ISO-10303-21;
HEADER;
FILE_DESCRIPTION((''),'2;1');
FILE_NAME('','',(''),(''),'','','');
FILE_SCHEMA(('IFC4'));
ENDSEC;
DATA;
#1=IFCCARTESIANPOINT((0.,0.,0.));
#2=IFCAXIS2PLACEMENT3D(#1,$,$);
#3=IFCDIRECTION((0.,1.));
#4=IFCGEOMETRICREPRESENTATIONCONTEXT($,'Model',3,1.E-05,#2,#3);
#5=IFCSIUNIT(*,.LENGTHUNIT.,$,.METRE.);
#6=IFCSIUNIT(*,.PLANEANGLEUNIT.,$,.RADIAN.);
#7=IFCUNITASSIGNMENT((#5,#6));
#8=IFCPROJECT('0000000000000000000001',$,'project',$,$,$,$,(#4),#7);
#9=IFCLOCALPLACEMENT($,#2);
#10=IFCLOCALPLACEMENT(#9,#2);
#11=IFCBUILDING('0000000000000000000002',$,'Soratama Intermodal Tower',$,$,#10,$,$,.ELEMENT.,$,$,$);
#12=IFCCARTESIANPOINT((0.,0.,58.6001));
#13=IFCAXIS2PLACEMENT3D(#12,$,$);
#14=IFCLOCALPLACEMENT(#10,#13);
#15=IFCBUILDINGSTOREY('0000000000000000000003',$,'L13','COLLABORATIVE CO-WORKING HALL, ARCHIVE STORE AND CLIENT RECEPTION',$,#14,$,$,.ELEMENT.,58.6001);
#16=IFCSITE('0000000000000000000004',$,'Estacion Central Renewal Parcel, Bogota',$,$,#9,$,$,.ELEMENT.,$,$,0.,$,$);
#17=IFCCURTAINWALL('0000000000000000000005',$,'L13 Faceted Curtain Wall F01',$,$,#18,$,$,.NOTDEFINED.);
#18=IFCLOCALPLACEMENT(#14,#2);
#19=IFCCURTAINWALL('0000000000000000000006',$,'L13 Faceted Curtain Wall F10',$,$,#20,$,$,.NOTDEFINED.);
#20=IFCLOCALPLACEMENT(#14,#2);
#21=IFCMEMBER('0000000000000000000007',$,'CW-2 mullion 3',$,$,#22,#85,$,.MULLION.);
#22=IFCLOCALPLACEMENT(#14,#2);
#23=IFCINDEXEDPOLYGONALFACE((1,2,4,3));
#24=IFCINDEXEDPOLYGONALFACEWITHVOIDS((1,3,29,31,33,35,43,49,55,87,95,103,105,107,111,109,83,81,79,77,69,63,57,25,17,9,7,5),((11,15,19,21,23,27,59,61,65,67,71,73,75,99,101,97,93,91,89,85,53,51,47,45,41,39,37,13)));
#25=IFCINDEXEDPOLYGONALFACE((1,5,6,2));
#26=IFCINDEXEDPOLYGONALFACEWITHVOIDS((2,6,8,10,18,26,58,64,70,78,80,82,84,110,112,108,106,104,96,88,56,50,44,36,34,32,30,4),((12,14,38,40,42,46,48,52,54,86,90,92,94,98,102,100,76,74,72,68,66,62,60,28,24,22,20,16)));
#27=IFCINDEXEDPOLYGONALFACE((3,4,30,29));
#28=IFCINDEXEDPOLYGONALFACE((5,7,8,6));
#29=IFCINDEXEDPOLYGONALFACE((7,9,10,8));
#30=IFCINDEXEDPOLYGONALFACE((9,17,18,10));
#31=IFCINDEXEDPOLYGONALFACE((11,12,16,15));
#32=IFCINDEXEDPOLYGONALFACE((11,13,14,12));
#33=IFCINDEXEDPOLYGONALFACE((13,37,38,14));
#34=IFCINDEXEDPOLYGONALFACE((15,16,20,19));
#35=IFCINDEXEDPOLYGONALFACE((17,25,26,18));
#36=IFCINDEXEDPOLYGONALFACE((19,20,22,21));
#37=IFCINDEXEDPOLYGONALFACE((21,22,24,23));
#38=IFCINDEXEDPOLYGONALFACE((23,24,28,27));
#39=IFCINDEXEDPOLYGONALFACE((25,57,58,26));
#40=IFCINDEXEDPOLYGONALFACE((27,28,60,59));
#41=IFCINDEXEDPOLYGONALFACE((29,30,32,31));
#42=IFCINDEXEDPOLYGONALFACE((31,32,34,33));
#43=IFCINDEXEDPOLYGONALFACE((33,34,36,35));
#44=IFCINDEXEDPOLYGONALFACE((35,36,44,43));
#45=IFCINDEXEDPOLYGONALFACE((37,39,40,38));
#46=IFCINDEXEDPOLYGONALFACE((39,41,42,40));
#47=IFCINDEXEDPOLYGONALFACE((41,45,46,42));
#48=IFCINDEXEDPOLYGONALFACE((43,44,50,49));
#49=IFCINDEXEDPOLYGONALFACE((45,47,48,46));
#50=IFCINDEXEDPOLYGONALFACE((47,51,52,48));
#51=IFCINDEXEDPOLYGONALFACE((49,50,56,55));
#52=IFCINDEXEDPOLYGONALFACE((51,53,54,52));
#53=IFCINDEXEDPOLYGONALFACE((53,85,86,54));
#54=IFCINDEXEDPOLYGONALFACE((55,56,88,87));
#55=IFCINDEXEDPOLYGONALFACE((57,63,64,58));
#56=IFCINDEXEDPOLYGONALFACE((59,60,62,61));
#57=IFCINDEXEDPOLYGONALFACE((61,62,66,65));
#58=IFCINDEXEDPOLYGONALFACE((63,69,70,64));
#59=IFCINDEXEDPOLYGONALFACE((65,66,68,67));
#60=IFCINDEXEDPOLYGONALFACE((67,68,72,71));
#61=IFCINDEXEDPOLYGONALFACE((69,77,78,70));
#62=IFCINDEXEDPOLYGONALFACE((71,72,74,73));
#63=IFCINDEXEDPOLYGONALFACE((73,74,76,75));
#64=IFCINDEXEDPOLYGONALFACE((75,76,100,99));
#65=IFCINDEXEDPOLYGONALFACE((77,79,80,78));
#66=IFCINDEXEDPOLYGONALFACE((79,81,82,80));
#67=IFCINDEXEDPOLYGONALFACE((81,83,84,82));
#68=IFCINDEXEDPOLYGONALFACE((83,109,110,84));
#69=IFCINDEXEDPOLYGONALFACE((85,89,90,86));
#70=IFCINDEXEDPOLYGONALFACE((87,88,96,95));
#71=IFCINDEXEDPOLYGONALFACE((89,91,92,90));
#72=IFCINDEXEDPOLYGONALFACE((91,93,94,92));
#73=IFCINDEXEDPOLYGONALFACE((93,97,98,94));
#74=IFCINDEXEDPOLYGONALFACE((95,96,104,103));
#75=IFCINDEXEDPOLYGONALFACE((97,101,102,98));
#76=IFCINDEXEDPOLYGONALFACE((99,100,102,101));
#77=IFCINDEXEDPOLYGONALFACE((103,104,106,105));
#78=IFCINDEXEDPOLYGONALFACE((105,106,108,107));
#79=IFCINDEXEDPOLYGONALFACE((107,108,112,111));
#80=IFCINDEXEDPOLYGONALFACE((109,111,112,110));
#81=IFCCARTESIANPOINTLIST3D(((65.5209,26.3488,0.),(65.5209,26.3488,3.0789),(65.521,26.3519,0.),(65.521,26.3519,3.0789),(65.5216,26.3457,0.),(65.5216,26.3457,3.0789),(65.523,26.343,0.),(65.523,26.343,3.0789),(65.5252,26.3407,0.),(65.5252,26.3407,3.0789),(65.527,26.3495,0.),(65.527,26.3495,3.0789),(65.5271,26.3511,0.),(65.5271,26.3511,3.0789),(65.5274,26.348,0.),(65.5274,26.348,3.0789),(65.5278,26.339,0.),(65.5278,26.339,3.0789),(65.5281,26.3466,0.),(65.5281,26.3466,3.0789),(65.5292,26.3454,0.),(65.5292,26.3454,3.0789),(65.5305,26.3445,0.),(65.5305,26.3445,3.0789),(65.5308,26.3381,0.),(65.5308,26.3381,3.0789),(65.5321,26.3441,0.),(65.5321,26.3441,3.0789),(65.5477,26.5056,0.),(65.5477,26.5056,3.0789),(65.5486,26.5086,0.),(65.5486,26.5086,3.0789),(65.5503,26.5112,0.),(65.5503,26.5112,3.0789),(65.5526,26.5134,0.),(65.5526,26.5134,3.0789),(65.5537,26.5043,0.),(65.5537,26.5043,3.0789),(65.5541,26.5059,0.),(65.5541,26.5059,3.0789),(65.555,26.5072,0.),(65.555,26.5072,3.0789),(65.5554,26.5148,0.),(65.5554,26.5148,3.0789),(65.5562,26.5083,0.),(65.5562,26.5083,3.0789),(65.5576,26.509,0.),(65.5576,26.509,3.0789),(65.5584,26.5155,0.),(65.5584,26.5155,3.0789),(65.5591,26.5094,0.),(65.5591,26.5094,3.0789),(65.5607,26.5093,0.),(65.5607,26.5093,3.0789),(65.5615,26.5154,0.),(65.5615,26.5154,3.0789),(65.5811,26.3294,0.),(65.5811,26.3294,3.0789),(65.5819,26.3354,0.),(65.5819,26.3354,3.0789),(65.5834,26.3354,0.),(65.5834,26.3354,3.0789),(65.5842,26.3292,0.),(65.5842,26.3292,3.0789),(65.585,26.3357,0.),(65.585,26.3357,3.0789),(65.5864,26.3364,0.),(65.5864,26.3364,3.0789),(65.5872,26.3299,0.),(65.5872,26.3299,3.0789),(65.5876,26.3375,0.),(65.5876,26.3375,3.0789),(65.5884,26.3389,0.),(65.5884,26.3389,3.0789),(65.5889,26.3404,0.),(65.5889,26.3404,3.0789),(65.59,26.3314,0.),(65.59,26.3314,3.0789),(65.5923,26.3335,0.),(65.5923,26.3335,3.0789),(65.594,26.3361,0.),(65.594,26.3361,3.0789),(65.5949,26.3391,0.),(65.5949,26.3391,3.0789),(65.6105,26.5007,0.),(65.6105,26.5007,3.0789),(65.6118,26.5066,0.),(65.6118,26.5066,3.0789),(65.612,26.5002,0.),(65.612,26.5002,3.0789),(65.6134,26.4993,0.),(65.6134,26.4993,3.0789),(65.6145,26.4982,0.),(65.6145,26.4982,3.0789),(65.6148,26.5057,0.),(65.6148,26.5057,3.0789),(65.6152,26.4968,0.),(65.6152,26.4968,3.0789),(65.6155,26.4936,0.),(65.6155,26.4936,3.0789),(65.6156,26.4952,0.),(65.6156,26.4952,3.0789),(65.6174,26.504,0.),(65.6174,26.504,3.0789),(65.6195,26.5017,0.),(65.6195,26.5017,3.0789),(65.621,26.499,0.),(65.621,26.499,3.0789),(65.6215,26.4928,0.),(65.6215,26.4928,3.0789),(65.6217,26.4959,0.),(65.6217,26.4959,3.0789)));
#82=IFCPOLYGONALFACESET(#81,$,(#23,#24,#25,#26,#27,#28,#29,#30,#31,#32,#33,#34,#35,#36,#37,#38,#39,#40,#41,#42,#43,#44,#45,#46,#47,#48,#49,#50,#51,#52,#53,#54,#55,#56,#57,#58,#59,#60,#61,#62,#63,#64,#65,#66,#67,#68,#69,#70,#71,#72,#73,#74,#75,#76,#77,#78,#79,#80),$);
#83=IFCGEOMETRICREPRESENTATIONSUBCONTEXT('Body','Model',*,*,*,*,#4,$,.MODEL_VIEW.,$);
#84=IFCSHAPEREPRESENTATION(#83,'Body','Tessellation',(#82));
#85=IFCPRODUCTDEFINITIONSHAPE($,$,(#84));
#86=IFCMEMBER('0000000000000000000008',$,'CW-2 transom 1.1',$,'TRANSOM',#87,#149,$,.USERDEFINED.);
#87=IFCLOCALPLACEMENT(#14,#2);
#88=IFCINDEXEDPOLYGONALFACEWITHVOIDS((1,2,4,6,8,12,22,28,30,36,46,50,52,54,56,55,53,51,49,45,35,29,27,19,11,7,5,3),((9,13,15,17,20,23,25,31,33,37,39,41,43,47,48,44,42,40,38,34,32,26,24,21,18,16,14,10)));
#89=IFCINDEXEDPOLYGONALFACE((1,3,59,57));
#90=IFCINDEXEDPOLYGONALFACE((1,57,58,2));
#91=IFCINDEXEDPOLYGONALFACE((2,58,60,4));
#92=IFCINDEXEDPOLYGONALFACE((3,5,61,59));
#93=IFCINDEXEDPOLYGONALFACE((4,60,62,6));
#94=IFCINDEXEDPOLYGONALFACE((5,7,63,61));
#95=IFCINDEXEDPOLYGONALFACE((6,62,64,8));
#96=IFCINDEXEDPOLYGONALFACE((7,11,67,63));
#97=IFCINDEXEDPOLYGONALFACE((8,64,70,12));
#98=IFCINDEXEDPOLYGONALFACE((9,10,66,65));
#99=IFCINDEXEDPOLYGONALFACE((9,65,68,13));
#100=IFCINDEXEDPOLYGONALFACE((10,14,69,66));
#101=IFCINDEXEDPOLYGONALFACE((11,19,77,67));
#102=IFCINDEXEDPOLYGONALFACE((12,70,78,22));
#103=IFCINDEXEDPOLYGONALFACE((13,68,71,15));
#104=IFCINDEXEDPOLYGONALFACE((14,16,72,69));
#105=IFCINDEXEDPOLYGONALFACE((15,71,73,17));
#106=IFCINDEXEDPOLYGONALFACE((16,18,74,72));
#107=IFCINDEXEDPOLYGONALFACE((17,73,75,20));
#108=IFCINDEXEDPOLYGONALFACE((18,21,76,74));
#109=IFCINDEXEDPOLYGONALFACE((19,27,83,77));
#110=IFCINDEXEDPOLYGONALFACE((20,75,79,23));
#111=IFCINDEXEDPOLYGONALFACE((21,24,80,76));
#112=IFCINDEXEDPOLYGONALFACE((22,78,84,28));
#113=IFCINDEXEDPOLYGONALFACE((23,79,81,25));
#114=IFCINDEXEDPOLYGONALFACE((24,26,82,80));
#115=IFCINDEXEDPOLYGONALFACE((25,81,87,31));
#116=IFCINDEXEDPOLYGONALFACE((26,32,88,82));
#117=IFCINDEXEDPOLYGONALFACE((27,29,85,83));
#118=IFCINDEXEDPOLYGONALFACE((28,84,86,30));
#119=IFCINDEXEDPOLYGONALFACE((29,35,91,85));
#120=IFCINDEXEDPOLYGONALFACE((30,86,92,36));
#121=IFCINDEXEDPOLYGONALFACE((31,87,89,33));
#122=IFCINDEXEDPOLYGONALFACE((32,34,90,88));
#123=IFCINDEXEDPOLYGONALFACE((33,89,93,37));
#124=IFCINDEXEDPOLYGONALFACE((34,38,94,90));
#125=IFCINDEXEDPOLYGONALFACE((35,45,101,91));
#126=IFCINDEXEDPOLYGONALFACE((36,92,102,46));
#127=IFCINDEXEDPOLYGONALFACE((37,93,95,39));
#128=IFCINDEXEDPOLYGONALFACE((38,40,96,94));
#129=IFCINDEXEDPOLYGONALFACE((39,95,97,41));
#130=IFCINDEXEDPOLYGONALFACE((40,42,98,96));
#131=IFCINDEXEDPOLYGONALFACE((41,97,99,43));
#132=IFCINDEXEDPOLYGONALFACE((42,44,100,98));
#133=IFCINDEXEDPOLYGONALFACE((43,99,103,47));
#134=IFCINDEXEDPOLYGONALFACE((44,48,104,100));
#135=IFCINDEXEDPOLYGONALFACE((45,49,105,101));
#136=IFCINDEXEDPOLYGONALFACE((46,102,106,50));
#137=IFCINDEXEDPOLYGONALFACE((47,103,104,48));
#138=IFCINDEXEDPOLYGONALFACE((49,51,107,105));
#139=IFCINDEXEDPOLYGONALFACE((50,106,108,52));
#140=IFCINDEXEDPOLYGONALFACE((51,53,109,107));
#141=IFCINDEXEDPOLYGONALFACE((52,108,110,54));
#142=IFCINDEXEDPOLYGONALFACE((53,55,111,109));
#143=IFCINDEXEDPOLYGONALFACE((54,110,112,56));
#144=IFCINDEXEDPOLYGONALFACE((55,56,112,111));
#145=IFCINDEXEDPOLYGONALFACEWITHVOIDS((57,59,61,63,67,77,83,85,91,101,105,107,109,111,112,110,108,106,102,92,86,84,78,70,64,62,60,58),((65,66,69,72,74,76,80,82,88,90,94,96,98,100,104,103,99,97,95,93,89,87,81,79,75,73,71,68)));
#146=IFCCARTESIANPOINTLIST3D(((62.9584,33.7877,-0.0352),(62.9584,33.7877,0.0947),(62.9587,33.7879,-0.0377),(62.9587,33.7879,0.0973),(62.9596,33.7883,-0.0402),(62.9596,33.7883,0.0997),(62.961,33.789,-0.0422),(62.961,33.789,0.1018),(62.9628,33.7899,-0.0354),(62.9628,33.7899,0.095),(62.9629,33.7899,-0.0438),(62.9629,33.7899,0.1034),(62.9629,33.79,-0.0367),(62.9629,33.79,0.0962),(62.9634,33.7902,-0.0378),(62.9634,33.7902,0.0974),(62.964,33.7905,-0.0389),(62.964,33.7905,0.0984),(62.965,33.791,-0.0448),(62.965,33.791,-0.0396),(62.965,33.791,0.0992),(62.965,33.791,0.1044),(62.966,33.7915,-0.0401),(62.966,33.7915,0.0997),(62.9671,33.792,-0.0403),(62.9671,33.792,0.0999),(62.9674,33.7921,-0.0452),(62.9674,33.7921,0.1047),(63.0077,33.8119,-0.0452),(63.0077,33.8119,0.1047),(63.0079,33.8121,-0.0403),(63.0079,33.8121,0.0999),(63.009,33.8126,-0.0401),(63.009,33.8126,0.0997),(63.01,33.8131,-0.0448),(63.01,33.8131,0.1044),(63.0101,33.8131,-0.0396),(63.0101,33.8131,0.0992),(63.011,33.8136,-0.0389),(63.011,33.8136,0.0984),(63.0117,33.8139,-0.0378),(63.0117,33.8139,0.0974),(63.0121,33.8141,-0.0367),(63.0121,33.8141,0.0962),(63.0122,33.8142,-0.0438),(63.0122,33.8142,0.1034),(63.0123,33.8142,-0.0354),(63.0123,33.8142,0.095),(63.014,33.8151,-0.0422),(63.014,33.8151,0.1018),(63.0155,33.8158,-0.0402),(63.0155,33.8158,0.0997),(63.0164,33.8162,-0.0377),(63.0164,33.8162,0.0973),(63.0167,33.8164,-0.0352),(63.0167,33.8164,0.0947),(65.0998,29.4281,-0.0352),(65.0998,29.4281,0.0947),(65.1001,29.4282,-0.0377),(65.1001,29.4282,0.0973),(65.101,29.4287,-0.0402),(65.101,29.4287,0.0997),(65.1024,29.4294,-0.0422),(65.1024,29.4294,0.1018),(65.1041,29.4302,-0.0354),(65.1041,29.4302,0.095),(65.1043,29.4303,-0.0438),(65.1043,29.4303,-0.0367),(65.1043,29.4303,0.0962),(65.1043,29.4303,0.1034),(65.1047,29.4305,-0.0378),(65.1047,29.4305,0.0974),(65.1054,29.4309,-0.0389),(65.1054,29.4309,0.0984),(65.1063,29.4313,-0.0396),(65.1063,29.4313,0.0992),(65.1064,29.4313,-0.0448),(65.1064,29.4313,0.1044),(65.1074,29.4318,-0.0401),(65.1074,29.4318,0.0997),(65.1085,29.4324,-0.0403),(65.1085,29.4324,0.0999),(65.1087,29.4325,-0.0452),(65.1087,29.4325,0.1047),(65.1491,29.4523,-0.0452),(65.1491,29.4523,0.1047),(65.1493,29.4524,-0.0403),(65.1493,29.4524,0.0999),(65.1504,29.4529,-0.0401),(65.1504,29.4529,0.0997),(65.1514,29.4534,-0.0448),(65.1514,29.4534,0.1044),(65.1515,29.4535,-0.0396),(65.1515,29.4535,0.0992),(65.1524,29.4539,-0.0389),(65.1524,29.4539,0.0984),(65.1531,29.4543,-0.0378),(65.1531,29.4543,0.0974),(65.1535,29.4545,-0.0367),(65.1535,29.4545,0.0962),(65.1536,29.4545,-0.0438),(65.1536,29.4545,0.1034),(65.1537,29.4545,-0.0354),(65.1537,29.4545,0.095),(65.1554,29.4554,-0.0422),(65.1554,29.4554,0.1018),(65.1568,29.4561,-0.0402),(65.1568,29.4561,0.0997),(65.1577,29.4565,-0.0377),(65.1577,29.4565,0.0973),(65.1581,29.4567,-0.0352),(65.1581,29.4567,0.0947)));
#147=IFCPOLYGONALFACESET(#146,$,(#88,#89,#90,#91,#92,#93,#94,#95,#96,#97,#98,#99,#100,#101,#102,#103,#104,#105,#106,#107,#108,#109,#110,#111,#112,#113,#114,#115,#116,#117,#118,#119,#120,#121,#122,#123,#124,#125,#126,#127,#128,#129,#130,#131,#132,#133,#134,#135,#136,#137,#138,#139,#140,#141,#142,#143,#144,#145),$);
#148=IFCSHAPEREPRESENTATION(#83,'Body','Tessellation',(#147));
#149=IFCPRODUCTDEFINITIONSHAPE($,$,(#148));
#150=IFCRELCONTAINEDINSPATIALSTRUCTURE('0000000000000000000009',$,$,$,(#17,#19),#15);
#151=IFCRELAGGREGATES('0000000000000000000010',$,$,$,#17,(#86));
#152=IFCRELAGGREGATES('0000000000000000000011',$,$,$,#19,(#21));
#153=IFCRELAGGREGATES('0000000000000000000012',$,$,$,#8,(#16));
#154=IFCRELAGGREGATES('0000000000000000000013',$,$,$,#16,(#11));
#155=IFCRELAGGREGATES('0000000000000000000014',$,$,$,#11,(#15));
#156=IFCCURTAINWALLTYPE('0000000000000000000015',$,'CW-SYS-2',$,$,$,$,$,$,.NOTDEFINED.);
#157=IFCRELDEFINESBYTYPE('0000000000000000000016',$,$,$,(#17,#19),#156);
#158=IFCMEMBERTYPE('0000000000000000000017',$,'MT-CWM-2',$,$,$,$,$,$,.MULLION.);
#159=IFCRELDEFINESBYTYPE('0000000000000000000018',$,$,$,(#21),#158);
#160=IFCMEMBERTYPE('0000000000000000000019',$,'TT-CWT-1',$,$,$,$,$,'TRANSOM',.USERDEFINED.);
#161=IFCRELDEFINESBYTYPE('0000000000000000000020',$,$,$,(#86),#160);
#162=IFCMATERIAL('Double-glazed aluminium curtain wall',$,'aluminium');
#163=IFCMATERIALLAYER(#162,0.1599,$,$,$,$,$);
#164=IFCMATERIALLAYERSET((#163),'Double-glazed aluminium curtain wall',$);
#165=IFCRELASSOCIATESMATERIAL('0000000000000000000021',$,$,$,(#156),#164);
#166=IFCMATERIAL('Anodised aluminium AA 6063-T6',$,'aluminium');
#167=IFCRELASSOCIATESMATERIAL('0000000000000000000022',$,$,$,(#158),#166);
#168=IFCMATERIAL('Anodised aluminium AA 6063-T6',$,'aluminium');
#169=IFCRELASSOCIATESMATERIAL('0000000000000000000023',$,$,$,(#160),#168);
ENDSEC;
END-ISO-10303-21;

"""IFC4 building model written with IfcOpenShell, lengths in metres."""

from ifc_helpers import new_model, si_unit, direction, frame, origin, origin_2d, place, context, subcontext, project, spatial, hollow_rectangle, extrude, material, layer, layer_set, material_profile, profile_set, type_object, element, aggregate, save


model = new_model("IFC4")

# Units and contexts
model_context = context("Model", 3, precision=1e-05, world=origin(), true_north=direction((0.0, 1.0)))
body_context = subcontext(model_context, "Body", "Model", "MODEL_VIEW")
ifc_project = project(units=[si_unit("LENGTHUNIT", "METRE"), si_unit("PLANEANGLEUNIT", "RADIAN")], contexts=[model_context])

# Site, building, storey
site_placement = place(None, origin())
site = spatial("IfcSite", under=ifc_project, at=site_placement, Name="Estacion Central Renewal Parcel, Bogota", CompositionType="ELEMENT", RefElevation=0.0)
building_placement = place(site_placement, origin())
building = spatial("IfcBuilding", under=site, at=building_placement, Name="Soratama Intermodal Tower", CompositionType="ELEMENT")
storey_placement = place(building_placement, frame((0.0, 0.0, 58.6001)))
storey = spatial("IfcBuildingStorey", under=building, at=storey_placement, Name="L13", Description="COLLABORATIVE CO-WORKING HALL, ARCHIVE STORE AND CLIENT RECEPTION", CompositionType="ELEMENT", Elevation=58.6001)

# Curtain wall
ifc_material_1 = material(Name="Double-glazed aluminium curtain wall", Category="aluminium")
ifc_layer_1 = layer(ifc_material_1, 0.1599)
ifc_layer_set_1 = layer_set([ifc_layer_1], Name="Double-glazed aluminium curtain wall")
curtain_wall_type = type_object("IfcCurtainWallType", Name="CW-SYS-2", PredefinedType="NOTDEFINED", material=ifc_layer_set_1)
curtain_wall_1_placement = place(storey_placement, origin())
curtain_wall_1 = element("IfcCurtainWall", 1, at=curtain_wall_1_placement, inside=storey, type_object=curtain_wall_type, Name="L13 Faceted Curtain Wall F01", PredefinedType="NOTDEFINED")
ifc_material_2 = material(Name="Anodised aluminium AA 6063-T6", Category="aluminium")
ifc_material_profile_1 = material_profile(ifc_material_2, hollow_rectangle(XDim=0.075, YDim=0.1799, WallThickness=0.0061, InnerFilletRadius=0.0061, OuterFilletRadius=0.012, at=origin_2d()), Name="CWM180X75X6")
ifc_profile_set_1 = profile_set([ifc_material_profile_1], Name="Anodised aluminium AA 6063-T6")
member_type_1 = type_object("IfcMemberType", Name="MT-CWM-2", PredefinedType="MULLION", material=ifc_profile_set_1)

# Curtain wall, member
curtain_wall_2_placement = place(storey_placement, origin())
curtain_wall_2 = element("IfcCurtainWall", 2, at=curtain_wall_2_placement, inside=storey, type_object=curtain_wall_type, Name="L13 Faceted Curtain Wall F10", PredefinedType="NOTDEFINED")
member_1_placement = place(storey_placement, frame((65.5713, 26.4224, 0.0), z_axis=(0.0, 0.0, 1.0), x_axis=(-0.985289, 0.170899, 0.0)))
member_1 = element("IfcMember", 3, at=member_1_placement, type_object=member_type_1, Name="CW-2 mullion 3", PredefinedType="MULLION", context=body_context, shape_type="SweptSolid", body=[
    extrude(hollow_rectangle(XDim=0.075, YDim=0.1799, WallThickness=0.0061, InnerFilletRadius=0.0061, OuterFilletRadius=0.012, at=origin_2d()), origin(), (0.0, 0.0, 1.0), 3.0789),
])

# Member
ifc_material_3 = material(Name="Anodised aluminium AA 6063-T6", Category="aluminium")
ifc_material_profile_2 = material_profile(ifc_material_3, hollow_rectangle(XDim=0.0649, YDim=0.1499, WallThickness=0.0049, InnerFilletRadius=0.0049, OuterFilletRadius=0.01, at=origin_2d()), Name="CWT150X65X5")
ifc_profile_set_2 = profile_set([ifc_material_profile_2], Name="Anodised aluminium AA 6063-T6")
member_type_2 = type_object("IfcMemberType", Name="TT-CWT-1", ElementType="TRANSOM", PredefinedType="USERDEFINED", material=ifc_profile_set_2)
member_2_placement = place(storey_placement, frame((65.1289, 29.4424, 0.0298), z_axis=(-0.440869, 0.897571, 0.0), x_axis=(-0.897571, -0.440869, 0.0)))
member_2 = element("IfcMember", 4, at=member_2_placement, type_object=member_type_2, Name="CW-2 transom 1.1", ObjectType="TRANSOM", PredefinedType="USERDEFINED", context=body_context, shape_type="SweptSolid", body=[
    extrude(hollow_rectangle(XDim=0.0649, YDim=0.1499, WallThickness=0.0049, InnerFilletRadius=0.0049, OuterFilletRadius=0.01, at=origin_2d()), origin(), (0.0, 0.0, 1.0), 4.8572),
])

aggregate(curtain_wall_1, [member_2])
aggregate(curtain_wall_2, [member_1])

save(model, "model.ifc")
